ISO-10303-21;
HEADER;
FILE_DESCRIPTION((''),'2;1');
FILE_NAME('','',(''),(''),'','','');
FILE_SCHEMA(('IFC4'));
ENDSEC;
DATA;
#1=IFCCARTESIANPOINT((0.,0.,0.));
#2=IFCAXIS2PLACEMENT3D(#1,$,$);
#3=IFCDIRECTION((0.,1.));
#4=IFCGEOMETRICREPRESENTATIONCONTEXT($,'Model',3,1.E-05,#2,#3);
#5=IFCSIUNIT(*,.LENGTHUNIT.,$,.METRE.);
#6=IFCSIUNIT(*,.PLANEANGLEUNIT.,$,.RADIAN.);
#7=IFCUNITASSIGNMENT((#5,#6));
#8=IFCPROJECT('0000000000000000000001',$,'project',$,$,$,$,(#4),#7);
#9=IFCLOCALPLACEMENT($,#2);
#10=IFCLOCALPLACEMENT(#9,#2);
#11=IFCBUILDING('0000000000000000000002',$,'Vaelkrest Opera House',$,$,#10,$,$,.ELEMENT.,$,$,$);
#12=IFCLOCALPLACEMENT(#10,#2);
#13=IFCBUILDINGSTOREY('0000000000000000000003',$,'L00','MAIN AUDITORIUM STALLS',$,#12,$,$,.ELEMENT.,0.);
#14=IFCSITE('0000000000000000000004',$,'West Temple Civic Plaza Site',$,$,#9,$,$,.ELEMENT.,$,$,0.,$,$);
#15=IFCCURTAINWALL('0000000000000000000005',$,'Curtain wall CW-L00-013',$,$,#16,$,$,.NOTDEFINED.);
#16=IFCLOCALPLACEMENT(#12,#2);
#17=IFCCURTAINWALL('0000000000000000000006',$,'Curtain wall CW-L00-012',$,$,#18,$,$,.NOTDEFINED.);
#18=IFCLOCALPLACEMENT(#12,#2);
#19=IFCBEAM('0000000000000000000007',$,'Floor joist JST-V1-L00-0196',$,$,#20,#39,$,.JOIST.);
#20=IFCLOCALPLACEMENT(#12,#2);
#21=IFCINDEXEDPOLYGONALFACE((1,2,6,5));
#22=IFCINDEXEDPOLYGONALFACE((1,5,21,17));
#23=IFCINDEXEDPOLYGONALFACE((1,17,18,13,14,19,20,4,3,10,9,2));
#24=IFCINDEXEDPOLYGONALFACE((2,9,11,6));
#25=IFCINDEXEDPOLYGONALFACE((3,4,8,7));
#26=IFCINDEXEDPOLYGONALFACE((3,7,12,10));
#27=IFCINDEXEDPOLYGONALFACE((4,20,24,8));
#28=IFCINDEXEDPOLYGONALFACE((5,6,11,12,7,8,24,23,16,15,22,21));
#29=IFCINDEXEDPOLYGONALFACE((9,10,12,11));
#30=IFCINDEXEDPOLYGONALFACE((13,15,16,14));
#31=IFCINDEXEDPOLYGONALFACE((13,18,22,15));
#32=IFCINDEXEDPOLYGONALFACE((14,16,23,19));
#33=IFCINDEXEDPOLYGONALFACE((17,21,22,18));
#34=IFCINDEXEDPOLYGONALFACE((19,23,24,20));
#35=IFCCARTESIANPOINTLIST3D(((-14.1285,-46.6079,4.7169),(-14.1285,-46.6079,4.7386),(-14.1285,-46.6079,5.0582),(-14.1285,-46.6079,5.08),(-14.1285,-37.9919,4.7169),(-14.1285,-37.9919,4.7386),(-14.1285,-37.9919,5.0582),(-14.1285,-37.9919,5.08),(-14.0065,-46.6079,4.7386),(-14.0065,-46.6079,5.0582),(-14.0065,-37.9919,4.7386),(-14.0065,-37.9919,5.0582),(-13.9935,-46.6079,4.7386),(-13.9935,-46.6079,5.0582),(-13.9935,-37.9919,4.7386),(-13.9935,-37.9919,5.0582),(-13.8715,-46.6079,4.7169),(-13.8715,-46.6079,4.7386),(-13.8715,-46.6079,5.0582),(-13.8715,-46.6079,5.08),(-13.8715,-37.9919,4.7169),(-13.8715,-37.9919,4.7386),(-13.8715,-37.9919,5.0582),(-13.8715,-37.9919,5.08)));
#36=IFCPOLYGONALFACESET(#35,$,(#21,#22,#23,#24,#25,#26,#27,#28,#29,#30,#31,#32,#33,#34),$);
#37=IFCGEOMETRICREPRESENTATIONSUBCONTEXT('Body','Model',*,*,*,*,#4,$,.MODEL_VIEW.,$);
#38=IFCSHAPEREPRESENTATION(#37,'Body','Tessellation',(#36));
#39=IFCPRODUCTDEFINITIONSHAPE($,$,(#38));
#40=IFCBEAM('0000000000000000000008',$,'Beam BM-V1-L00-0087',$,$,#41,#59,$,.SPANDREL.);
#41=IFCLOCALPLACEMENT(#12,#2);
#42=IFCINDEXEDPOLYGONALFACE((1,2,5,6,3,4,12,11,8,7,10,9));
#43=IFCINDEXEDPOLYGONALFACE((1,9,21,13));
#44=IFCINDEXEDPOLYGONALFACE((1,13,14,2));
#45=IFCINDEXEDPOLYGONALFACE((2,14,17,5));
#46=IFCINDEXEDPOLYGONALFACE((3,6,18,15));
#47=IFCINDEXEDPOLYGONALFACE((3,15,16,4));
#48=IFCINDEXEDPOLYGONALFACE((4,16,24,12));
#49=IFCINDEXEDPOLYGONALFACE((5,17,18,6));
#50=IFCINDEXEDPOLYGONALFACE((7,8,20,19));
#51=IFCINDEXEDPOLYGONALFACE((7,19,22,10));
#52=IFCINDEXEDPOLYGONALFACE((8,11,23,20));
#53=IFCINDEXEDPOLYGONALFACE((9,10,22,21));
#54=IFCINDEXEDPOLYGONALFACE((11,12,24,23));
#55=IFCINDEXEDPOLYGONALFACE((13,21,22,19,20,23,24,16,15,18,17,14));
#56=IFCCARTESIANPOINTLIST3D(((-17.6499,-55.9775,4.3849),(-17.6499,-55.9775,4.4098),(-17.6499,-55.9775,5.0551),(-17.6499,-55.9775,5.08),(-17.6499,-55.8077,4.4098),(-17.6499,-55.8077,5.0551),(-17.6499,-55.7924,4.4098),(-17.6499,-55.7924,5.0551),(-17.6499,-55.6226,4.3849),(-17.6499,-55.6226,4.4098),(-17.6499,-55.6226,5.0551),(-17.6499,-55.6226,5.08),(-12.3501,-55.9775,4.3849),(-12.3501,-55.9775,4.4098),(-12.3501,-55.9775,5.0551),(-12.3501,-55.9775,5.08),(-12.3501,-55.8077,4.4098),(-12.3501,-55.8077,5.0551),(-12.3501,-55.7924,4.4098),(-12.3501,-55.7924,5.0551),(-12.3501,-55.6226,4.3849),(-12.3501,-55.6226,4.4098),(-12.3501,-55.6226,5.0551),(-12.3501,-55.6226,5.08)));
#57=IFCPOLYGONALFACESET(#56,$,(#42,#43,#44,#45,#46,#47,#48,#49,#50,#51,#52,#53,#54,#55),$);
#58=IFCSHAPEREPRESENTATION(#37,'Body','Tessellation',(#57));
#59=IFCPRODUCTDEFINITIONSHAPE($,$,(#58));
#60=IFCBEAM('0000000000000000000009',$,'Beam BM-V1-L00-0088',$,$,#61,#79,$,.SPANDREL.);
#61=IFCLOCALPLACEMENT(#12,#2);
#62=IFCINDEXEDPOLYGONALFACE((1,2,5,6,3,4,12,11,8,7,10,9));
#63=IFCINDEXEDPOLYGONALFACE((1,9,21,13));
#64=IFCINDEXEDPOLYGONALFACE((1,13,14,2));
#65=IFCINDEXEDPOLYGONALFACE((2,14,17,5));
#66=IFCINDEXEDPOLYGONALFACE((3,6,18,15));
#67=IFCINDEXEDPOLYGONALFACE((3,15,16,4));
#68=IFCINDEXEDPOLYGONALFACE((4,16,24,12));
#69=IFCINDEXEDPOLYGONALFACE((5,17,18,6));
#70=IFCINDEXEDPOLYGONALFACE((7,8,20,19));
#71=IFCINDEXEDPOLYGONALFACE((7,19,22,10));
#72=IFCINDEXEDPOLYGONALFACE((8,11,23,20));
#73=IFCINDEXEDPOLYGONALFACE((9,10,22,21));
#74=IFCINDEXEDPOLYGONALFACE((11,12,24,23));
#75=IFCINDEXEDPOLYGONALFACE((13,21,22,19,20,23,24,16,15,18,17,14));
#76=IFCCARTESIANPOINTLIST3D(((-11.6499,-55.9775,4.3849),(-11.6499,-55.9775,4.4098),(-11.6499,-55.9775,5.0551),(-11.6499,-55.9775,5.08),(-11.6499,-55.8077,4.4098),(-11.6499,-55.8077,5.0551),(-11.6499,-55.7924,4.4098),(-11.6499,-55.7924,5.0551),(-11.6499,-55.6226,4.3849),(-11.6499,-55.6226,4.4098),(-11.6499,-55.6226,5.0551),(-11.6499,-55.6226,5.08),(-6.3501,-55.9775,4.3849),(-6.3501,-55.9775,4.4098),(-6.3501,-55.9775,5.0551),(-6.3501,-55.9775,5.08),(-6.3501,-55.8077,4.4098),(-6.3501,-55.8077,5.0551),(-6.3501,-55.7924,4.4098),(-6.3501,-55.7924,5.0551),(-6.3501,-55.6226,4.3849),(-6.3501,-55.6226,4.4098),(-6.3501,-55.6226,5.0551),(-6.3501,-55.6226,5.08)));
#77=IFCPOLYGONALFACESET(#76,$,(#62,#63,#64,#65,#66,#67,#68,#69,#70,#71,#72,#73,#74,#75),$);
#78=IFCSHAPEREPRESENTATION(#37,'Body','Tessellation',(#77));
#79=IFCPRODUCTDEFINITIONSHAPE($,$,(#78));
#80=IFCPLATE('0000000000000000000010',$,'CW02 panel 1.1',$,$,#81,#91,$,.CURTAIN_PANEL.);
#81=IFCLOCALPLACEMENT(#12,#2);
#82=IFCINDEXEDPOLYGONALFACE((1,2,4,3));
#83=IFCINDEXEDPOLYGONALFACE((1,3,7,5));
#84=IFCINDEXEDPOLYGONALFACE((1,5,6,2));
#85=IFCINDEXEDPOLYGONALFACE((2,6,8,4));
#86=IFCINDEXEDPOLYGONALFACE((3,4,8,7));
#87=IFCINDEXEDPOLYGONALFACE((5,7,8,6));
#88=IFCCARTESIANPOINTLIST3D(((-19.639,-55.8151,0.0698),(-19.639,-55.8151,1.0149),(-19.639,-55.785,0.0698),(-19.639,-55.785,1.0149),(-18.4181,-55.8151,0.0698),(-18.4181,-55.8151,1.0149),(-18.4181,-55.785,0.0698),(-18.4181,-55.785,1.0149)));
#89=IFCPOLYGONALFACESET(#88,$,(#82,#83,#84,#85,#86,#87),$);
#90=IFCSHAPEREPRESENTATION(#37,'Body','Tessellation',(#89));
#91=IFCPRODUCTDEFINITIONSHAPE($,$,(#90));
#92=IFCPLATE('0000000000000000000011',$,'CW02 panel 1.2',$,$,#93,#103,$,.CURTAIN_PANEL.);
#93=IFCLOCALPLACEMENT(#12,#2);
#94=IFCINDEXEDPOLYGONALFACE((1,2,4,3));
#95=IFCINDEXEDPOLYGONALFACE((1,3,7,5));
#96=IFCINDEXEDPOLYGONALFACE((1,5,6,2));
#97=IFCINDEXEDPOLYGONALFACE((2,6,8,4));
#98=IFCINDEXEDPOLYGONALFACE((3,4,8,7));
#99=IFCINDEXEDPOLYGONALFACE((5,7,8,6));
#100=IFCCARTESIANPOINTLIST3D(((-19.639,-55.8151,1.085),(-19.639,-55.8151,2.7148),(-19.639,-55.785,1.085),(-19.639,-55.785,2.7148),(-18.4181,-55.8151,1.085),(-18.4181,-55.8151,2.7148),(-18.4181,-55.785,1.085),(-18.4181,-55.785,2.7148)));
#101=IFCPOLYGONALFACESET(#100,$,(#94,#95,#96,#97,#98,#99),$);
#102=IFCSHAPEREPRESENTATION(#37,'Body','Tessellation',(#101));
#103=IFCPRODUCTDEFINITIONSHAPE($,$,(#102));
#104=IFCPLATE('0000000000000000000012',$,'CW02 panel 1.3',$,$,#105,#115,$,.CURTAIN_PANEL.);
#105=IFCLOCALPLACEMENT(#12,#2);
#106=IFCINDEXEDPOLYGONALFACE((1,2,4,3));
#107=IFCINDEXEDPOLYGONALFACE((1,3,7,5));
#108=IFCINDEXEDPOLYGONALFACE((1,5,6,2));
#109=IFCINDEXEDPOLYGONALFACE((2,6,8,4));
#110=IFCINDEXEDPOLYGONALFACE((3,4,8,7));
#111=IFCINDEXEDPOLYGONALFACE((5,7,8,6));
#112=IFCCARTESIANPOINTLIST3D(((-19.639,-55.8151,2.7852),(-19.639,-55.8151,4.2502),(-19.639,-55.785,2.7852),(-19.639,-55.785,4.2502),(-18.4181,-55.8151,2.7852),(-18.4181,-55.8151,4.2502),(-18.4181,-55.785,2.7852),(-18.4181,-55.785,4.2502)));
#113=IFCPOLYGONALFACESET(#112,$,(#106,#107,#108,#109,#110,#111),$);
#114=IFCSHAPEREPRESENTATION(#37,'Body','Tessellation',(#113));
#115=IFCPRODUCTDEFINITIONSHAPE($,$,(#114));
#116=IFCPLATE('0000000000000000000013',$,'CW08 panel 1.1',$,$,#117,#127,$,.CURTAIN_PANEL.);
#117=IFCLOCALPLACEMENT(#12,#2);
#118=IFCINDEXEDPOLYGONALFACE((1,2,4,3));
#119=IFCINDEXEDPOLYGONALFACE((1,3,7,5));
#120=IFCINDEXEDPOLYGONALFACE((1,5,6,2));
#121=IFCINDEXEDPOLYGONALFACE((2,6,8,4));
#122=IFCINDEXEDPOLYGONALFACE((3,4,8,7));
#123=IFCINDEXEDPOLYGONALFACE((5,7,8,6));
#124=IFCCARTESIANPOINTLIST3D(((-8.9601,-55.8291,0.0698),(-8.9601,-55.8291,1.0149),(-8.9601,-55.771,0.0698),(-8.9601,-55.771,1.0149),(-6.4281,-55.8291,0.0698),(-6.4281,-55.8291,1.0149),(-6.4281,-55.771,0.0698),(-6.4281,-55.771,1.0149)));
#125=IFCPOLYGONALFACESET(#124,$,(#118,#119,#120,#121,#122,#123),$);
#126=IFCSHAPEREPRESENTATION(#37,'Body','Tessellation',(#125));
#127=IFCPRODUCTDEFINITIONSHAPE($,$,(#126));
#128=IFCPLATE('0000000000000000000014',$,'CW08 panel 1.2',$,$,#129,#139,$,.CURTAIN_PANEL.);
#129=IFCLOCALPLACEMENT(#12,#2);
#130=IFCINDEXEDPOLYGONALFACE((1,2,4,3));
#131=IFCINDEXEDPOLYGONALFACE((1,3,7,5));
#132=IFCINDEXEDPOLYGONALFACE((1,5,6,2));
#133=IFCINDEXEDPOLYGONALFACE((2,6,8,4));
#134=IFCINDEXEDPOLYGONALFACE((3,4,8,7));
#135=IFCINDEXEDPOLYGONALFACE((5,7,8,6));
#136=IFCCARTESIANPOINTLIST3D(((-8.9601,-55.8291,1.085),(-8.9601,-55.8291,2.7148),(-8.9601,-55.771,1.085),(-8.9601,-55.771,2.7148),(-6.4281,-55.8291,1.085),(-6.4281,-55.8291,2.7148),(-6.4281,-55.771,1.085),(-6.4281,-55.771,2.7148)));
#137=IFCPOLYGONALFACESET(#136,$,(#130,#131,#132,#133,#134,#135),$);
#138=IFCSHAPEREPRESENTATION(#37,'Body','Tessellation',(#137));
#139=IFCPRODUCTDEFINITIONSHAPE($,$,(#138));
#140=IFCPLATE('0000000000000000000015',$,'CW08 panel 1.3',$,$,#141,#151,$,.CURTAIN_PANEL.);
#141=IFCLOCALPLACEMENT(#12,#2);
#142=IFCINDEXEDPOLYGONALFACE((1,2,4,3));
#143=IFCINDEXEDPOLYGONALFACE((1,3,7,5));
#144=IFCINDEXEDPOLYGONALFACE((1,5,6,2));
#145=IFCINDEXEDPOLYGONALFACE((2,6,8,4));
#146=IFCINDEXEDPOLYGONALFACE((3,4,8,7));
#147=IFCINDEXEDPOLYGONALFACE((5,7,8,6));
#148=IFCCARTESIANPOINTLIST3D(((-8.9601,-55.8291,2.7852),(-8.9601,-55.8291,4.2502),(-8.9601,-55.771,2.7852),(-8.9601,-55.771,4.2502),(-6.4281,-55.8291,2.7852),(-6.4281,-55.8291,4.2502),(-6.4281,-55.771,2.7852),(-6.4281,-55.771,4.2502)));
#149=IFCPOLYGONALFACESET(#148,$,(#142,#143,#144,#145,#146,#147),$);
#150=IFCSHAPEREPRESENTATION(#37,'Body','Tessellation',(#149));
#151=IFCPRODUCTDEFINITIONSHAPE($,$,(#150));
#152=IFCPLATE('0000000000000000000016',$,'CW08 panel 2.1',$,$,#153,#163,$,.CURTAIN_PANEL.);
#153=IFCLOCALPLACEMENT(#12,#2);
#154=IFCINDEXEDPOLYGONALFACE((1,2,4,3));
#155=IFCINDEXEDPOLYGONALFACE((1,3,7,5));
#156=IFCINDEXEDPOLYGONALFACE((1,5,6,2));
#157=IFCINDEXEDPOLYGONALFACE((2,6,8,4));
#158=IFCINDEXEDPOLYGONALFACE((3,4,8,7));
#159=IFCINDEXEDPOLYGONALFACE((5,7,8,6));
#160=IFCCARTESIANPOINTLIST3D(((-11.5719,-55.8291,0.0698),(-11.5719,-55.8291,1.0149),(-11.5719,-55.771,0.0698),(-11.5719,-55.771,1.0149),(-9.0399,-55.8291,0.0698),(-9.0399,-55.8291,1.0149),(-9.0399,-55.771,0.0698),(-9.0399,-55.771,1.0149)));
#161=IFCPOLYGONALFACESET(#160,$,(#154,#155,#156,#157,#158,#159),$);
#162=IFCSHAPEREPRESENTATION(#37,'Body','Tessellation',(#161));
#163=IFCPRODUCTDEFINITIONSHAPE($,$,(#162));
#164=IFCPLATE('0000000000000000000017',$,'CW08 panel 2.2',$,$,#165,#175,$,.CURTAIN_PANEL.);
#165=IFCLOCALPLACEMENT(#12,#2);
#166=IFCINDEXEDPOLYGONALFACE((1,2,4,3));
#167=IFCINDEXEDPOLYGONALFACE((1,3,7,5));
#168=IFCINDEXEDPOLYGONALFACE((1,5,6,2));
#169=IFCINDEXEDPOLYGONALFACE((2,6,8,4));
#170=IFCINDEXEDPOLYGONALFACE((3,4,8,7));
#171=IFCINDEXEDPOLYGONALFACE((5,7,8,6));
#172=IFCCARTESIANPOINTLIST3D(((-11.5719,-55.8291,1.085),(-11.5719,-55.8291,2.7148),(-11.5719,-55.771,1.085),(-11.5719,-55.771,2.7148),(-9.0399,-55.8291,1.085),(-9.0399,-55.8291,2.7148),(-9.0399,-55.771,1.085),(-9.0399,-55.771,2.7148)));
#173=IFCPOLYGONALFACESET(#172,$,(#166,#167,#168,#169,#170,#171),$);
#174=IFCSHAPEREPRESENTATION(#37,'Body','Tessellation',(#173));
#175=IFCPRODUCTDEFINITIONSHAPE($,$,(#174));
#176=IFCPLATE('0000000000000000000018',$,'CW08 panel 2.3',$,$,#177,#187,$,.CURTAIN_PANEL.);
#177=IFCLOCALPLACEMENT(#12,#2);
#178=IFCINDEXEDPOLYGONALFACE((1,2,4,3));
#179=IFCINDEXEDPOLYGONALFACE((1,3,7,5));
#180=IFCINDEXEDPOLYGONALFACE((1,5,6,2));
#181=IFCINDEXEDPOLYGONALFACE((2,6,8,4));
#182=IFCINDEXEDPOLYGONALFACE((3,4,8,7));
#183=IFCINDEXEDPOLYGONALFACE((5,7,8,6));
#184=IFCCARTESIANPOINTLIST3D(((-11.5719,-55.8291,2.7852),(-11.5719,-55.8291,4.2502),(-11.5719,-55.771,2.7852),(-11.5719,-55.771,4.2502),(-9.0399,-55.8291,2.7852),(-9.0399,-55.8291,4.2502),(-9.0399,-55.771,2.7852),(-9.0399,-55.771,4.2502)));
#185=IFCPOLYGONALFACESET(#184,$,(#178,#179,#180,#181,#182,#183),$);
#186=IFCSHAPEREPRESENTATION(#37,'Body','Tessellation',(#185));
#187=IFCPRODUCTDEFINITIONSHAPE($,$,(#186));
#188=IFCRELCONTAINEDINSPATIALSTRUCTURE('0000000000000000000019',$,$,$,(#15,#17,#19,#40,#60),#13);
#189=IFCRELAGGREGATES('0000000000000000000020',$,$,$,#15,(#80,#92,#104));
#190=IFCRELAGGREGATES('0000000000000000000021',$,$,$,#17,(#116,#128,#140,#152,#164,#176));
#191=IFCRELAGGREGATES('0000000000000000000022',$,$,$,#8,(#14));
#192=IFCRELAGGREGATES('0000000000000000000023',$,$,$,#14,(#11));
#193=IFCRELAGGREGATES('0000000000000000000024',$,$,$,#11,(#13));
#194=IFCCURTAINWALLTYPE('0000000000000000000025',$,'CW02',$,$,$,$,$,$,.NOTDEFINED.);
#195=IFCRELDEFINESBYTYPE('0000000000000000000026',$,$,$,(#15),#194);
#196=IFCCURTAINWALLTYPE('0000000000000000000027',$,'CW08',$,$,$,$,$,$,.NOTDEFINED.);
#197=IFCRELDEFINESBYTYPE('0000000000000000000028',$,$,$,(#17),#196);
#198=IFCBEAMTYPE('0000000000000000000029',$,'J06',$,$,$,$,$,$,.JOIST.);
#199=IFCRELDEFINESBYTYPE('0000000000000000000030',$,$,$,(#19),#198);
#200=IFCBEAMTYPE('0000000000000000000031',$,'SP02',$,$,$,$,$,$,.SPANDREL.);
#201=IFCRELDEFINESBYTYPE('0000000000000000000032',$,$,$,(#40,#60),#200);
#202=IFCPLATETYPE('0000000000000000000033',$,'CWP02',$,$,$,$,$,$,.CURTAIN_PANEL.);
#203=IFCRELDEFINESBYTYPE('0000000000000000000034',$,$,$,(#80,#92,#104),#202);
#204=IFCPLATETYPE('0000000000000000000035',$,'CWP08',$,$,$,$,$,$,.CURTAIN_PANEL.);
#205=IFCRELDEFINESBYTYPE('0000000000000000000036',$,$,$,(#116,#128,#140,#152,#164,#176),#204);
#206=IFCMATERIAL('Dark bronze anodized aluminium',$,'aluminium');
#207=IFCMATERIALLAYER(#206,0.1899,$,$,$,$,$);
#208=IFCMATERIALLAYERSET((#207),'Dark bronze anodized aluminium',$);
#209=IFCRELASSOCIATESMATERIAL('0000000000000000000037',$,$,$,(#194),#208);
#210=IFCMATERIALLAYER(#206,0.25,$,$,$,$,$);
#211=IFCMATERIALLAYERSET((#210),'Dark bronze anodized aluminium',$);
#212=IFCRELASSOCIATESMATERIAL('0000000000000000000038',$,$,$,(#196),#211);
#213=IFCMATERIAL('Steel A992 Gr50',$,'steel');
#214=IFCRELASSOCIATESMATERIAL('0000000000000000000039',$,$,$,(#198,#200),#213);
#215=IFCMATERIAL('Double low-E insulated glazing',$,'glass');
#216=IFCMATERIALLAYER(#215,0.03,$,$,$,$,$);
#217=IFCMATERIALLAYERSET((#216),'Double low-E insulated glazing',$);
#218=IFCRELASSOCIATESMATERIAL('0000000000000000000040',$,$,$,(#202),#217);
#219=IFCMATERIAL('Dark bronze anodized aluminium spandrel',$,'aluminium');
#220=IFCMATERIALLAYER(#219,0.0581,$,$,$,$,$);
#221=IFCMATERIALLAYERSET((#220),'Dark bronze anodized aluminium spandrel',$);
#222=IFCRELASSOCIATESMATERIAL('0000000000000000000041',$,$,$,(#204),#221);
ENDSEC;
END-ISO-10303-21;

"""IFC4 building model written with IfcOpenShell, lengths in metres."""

from ifc_helpers import new_model, si_unit, direction, frame, origin, origin_2d, place, context, subcontext, project, spatial, rectangle, i_section, extrude, material, layer, layer_set, material_profile, profile_set, type_object, element, aggregate, save


model = new_model("IFC4")

# Units and contexts
model_context = context("Model", 3, precision=1e-05, world=origin(), true_north=direction((0.0, 1.0)))
body_context = subcontext(model_context, "Body", "Model", "MODEL_VIEW")
ifc_project = project(units=[si_unit("LENGTHUNIT", "METRE"), si_unit("PLANEANGLEUNIT", "RADIAN")], contexts=[model_context])

# Site, building, storey
site_placement = place(None, origin())
site = spatial("IfcSite", under=ifc_project, at=site_placement, Name="West Temple Civic Plaza Site", CompositionType="ELEMENT", RefElevation=0.0)
building_placement = place(site_placement, origin())
building = spatial("IfcBuilding", under=site, at=building_placement, Name="Vaelkrest Opera House", CompositionType="ELEMENT")
storey_placement = place(building_placement, origin())
storey = spatial("IfcBuildingStorey", under=building, at=storey_placement, Name="L00", Description="MAIN AUDITORIUM STALLS", CompositionType="ELEMENT", Elevation=0.0)

# Shared definitions
ifc_material_1 = material(Name="Steel A992 Gr50", Category="steel")

# Curtain walls
ifc_material_2 = material(Name="Dark bronze anodized aluminium", Category="aluminium")
ifc_layer_1 = layer(ifc_material_2, 0.1899)
ifc_layer_set_1 = layer_set([ifc_layer_1], Name="Dark bronze anodized aluminium")
curtain_wall_type_1 = type_object("IfcCurtainWallType", Name="CW02", PredefinedType="NOTDEFINED", material=ifc_layer_set_1)
curtain_wall_1_placement = place(storey_placement, origin())
curtain_wall_1 = element("IfcCurtainWall", 1, at=curtain_wall_1_placement, inside=storey, type_object=curtain_wall_type_1, Name="Curtain wall CW-L00-013", PredefinedType="NOTDEFINED")
ifc_layer_2 = layer(ifc_material_2, 0.25)
ifc_layer_set_2 = layer_set([ifc_layer_2], Name="Dark bronze anodized aluminium")
curtain_wall_type_2 = type_object("IfcCurtainWallType", Name="CW08", PredefinedType="NOTDEFINED", material=ifc_layer_set_2)
curtain_wall_2_placement = place(storey_placement, origin())
curtain_wall_2 = element("IfcCurtainWall", 2, at=curtain_wall_2_placement, inside=storey, type_object=curtain_wall_type_2, Name="Curtain wall CW-L00-012", PredefinedType="NOTDEFINED")

# Beams
ifc_material_profile_1 = material_profile(ifc_material_1, i_section(OverallWidth=0.2571, OverallDepth=0.363, WebThickness=0.0129, FlangeThickness=0.0217, at=origin_2d()), Name="W14X82")
ifc_profile_set_1 = profile_set([ifc_material_profile_1], Name="Steel A992 Gr50")
beam_type_1 = type_object("IfcBeamType", Name="J06", PredefinedType="JOIST", material=ifc_profile_set_1)
beam_1_placement = place(storey_placement, frame((-14.0, -46.6079, 4.8984), z_axis=(0.0, 1.0, 0.0), x_axis=(-1.0, 0.0, 0.0)))
element("IfcBeam", 3, at=beam_1_placement, inside=storey, type_object=beam_type_1, Name="Floor joist JST-V1-L00-0196", PredefinedType="JOIST", context=body_context, shape_type="SweptSolid", body=[
    extrude(i_section(OverallWidth=0.2571, OverallDepth=0.363, WebThickness=0.0129, FlangeThickness=0.0217, at=origin_2d()), origin(), (0.0, 0.0, 1.0), 8.616),
])
ifc_material_profile_2 = material_profile(ifc_material_1, i_section(OverallWidth=0.355, OverallDepth=0.6951, WebThickness=0.0154, FlangeThickness=0.0249, at=origin_2d()), Name="W27X146")
ifc_profile_set_2 = profile_set([ifc_material_profile_2], Name="Steel A992 Gr50")
beam_type_2 = type_object("IfcBeamType", Name="SP02", PredefinedType="SPANDREL", material=ifc_profile_set_2)
for number, where, z_axis, x_axis, name in (
    (4, (-17.6499, -55.8, 4.7324), (1.0, 0.0, 0.0), (0.0, 1.0, 0.0), "Beam BM-V1-L00-0087"),
    (5, (-11.6499, -55.8, 4.7324), (1.0, 0.0, 0.0), (0.0, 1.0, 0.0), "Beam BM-V1-L00-0088"),
):
    element("IfcBeam", number, at=place(storey_placement, frame(where, z_axis=z_axis, x_axis=x_axis)), inside=storey, type_object=beam_type_2, Name=name, PredefinedType="SPANDREL", context=body_context, shape_type="SweptSolid", body=[
        extrude(i_section(OverallWidth=0.355, OverallDepth=0.6951, WebThickness=0.0154, FlangeThickness=0.0249, at=origin_2d()), origin(), (0.0, 0.0, 1.0), 5.2998),
    ])

# Plates
ifc_material_3 = material(Name="Double low-E insulated glazing", Category="glass")
ifc_layer_3 = layer(ifc_material_3, 0.03)
ifc_layer_set_3 = layer_set([ifc_layer_3], Name="Double low-E insulated glazing")
plate_type_1 = type_object("IfcPlateType", Name="CWP02", PredefinedType="CURTAIN_PANEL", material=ifc_layer_set_3)
plate_1_placement = place(storey_placement, frame((-19.0286, -55.8, 0.0698), z_axis=(0.0, 0.0, 1.0), x_axis=(-1.0, 0.0, 0.0)))
plate_1 = element("IfcPlate", 6, at=plate_1_placement, type_object=plate_type_1, Name="CW02 panel 1.1", PredefinedType="CURTAIN_PANEL", context=body_context, shape_type="SweptSolid", body=[
    extrude(rectangle(XDim=1.2209, YDim=0.03, at=origin_2d()), origin(), (0.0, 0.0, 1.0), 0.9451),
])
plate_2_placement = place(storey_placement, frame((-19.0286, -55.8, 1.085), z_axis=(0.0, 0.0, 1.0), x_axis=(-1.0, 0.0, 0.0)))
plate_2 = element("IfcPlate", 7, at=plate_2_placement, type_object=plate_type_1, Name="CW02 panel 1.2", PredefinedType="CURTAIN_PANEL", context=body_context, shape_type="SweptSolid", body=[
    extrude(rectangle(XDim=1.2209, YDim=0.03, at=origin_2d()), origin(), (0.0, 0.0, 1.0), 1.6299),
])
plate_3_placement = place(storey_placement, frame((-19.0286, -55.8, 2.7852), z_axis=(0.0, 0.0, 1.0), x_axis=(-1.0, 0.0, 0.0)))
plate_3 = element("IfcPlate", 8, at=plate_3_placement, type_object=plate_type_1, Name="CW02 panel 1.3", PredefinedType="CURTAIN_PANEL", context=body_context, shape_type="SweptSolid", body=[
    extrude(rectangle(XDim=1.2209, YDim=0.03, at=origin_2d()), origin(), (0.0, 0.0, 1.0), 1.4651),
])
aggregate(curtain_wall_1, [plate_1, plate_2, plate_3])
ifc_material_4 = material(Name="Dark bronze anodized aluminium spandrel", Category="aluminium")
ifc_layer_4 = layer(ifc_material_4, 0.0581)
ifc_layer_set_4 = layer_set([ifc_layer_4], Name="Dark bronze anodized aluminium spandrel")
plate_type_2 = type_object("IfcPlateType", Name="CWP08", PredefinedType="CURTAIN_PANEL", material=ifc_layer_set_4)
plate_4_placement = place(storey_placement, frame((-7.6941, -55.8, 0.0698), z_axis=(0.0, 0.0, 1.0), x_axis=(-1.0, 0.0, 0.0)))
plate_4 = element("IfcPlate", 9, at=plate_4_placement, type_object=plate_type_2, Name="CW08 panel 1.1", PredefinedType="CURTAIN_PANEL", context=body_context, shape_type="SweptSolid", body=[
    extrude(rectangle(XDim=2.532, YDim=0.0581, at=origin_2d()), origin(), (0.0, 0.0, 1.0), 0.9451),
])
plate_5_placement = place(storey_placement, frame((-7.6941, -55.8, 1.085), z_axis=(0.0, 0.0, 1.0), x_axis=(-1.0, 0.0, 0.0)))
plate_5 = element("IfcPlate", 10, at=plate_5_placement, type_object=plate_type_2, Name="CW08 panel 1.2", PredefinedType="CURTAIN_PANEL", context=body_context, shape_type="SweptSolid", body=[
    extrude(rectangle(XDim=2.532, YDim=0.0581, at=origin_2d()), origin(), (0.0, 0.0, 1.0), 1.6299),
])
plate_6_placement = place(storey_placement, frame((-7.6941, -55.8, 2.7852), z_axis=(0.0, 0.0, 1.0), x_axis=(-1.0, 0.0, 0.0)))
plate_6 = element("IfcPlate", 11, at=plate_6_placement, type_object=plate_type_2, Name="CW08 panel 1.3", PredefinedType="CURTAIN_PANEL", context=body_context, shape_type="SweptSolid", body=[
    extrude(rectangle(XDim=2.532, YDim=0.0581, at=origin_2d()), origin(), (0.0, 0.0, 1.0), 1.4651),
])
plate_7_placement = place(storey_placement, frame((-10.3059, -55.8, 0.0698), z_axis=(0.0, 0.0, 1.0), x_axis=(-1.0, 0.0, 0.0)))
plate_7 = element("IfcPlate", 12, at=plate_7_placement, type_object=plate_type_2, Name="CW08 panel 2.1", PredefinedType="CURTAIN_PANEL", context=body_context, shape_type="SweptSolid", body=[
    extrude(rectangle(XDim=2.532, YDim=0.0581, at=origin_2d()), origin(), (0.0, 0.0, 1.0), 0.9451),
])
plate_8_placement = place(storey_placement, frame((-10.3059, -55.8, 1.085), z_axis=(0.0, 0.0, 1.0), x_axis=(-1.0, 0.0, 0.0)))
plate_8 = element("IfcPlate", 13, at=plate_8_placement, type_object=plate_type_2, Name="CW08 panel 2.2", PredefinedType="CURTAIN_PANEL", context=body_context, shape_type="SweptSolid", body=[
    extrude(rectangle(XDim=2.532, YDim=0.0581, at=origin_2d()), origin(), (0.0, 0.0, 1.0), 1.6299),
])
plate_9_placement = place(storey_placement, frame((-10.3059, -55.8, 2.7852), z_axis=(0.0, 0.0, 1.0), x_axis=(-1.0, 0.0, 0.0)))
plate_9 = element("IfcPlate", 14, at=plate_9_placement, type_object=plate_type_2, Name="CW08 panel 2.3", PredefinedType="CURTAIN_PANEL", context=body_context, shape_type="SweptSolid", body=[
    extrude(rectangle(XDim=2.532, YDim=0.0581, at=origin_2d()), origin(), (0.0, 0.0, 1.0), 1.4651),
])
aggregate(curtain_wall_2, [plate_4, plate_5, plate_6, plate_7, plate_8, plate_9])

save(model, "model.ifc")
